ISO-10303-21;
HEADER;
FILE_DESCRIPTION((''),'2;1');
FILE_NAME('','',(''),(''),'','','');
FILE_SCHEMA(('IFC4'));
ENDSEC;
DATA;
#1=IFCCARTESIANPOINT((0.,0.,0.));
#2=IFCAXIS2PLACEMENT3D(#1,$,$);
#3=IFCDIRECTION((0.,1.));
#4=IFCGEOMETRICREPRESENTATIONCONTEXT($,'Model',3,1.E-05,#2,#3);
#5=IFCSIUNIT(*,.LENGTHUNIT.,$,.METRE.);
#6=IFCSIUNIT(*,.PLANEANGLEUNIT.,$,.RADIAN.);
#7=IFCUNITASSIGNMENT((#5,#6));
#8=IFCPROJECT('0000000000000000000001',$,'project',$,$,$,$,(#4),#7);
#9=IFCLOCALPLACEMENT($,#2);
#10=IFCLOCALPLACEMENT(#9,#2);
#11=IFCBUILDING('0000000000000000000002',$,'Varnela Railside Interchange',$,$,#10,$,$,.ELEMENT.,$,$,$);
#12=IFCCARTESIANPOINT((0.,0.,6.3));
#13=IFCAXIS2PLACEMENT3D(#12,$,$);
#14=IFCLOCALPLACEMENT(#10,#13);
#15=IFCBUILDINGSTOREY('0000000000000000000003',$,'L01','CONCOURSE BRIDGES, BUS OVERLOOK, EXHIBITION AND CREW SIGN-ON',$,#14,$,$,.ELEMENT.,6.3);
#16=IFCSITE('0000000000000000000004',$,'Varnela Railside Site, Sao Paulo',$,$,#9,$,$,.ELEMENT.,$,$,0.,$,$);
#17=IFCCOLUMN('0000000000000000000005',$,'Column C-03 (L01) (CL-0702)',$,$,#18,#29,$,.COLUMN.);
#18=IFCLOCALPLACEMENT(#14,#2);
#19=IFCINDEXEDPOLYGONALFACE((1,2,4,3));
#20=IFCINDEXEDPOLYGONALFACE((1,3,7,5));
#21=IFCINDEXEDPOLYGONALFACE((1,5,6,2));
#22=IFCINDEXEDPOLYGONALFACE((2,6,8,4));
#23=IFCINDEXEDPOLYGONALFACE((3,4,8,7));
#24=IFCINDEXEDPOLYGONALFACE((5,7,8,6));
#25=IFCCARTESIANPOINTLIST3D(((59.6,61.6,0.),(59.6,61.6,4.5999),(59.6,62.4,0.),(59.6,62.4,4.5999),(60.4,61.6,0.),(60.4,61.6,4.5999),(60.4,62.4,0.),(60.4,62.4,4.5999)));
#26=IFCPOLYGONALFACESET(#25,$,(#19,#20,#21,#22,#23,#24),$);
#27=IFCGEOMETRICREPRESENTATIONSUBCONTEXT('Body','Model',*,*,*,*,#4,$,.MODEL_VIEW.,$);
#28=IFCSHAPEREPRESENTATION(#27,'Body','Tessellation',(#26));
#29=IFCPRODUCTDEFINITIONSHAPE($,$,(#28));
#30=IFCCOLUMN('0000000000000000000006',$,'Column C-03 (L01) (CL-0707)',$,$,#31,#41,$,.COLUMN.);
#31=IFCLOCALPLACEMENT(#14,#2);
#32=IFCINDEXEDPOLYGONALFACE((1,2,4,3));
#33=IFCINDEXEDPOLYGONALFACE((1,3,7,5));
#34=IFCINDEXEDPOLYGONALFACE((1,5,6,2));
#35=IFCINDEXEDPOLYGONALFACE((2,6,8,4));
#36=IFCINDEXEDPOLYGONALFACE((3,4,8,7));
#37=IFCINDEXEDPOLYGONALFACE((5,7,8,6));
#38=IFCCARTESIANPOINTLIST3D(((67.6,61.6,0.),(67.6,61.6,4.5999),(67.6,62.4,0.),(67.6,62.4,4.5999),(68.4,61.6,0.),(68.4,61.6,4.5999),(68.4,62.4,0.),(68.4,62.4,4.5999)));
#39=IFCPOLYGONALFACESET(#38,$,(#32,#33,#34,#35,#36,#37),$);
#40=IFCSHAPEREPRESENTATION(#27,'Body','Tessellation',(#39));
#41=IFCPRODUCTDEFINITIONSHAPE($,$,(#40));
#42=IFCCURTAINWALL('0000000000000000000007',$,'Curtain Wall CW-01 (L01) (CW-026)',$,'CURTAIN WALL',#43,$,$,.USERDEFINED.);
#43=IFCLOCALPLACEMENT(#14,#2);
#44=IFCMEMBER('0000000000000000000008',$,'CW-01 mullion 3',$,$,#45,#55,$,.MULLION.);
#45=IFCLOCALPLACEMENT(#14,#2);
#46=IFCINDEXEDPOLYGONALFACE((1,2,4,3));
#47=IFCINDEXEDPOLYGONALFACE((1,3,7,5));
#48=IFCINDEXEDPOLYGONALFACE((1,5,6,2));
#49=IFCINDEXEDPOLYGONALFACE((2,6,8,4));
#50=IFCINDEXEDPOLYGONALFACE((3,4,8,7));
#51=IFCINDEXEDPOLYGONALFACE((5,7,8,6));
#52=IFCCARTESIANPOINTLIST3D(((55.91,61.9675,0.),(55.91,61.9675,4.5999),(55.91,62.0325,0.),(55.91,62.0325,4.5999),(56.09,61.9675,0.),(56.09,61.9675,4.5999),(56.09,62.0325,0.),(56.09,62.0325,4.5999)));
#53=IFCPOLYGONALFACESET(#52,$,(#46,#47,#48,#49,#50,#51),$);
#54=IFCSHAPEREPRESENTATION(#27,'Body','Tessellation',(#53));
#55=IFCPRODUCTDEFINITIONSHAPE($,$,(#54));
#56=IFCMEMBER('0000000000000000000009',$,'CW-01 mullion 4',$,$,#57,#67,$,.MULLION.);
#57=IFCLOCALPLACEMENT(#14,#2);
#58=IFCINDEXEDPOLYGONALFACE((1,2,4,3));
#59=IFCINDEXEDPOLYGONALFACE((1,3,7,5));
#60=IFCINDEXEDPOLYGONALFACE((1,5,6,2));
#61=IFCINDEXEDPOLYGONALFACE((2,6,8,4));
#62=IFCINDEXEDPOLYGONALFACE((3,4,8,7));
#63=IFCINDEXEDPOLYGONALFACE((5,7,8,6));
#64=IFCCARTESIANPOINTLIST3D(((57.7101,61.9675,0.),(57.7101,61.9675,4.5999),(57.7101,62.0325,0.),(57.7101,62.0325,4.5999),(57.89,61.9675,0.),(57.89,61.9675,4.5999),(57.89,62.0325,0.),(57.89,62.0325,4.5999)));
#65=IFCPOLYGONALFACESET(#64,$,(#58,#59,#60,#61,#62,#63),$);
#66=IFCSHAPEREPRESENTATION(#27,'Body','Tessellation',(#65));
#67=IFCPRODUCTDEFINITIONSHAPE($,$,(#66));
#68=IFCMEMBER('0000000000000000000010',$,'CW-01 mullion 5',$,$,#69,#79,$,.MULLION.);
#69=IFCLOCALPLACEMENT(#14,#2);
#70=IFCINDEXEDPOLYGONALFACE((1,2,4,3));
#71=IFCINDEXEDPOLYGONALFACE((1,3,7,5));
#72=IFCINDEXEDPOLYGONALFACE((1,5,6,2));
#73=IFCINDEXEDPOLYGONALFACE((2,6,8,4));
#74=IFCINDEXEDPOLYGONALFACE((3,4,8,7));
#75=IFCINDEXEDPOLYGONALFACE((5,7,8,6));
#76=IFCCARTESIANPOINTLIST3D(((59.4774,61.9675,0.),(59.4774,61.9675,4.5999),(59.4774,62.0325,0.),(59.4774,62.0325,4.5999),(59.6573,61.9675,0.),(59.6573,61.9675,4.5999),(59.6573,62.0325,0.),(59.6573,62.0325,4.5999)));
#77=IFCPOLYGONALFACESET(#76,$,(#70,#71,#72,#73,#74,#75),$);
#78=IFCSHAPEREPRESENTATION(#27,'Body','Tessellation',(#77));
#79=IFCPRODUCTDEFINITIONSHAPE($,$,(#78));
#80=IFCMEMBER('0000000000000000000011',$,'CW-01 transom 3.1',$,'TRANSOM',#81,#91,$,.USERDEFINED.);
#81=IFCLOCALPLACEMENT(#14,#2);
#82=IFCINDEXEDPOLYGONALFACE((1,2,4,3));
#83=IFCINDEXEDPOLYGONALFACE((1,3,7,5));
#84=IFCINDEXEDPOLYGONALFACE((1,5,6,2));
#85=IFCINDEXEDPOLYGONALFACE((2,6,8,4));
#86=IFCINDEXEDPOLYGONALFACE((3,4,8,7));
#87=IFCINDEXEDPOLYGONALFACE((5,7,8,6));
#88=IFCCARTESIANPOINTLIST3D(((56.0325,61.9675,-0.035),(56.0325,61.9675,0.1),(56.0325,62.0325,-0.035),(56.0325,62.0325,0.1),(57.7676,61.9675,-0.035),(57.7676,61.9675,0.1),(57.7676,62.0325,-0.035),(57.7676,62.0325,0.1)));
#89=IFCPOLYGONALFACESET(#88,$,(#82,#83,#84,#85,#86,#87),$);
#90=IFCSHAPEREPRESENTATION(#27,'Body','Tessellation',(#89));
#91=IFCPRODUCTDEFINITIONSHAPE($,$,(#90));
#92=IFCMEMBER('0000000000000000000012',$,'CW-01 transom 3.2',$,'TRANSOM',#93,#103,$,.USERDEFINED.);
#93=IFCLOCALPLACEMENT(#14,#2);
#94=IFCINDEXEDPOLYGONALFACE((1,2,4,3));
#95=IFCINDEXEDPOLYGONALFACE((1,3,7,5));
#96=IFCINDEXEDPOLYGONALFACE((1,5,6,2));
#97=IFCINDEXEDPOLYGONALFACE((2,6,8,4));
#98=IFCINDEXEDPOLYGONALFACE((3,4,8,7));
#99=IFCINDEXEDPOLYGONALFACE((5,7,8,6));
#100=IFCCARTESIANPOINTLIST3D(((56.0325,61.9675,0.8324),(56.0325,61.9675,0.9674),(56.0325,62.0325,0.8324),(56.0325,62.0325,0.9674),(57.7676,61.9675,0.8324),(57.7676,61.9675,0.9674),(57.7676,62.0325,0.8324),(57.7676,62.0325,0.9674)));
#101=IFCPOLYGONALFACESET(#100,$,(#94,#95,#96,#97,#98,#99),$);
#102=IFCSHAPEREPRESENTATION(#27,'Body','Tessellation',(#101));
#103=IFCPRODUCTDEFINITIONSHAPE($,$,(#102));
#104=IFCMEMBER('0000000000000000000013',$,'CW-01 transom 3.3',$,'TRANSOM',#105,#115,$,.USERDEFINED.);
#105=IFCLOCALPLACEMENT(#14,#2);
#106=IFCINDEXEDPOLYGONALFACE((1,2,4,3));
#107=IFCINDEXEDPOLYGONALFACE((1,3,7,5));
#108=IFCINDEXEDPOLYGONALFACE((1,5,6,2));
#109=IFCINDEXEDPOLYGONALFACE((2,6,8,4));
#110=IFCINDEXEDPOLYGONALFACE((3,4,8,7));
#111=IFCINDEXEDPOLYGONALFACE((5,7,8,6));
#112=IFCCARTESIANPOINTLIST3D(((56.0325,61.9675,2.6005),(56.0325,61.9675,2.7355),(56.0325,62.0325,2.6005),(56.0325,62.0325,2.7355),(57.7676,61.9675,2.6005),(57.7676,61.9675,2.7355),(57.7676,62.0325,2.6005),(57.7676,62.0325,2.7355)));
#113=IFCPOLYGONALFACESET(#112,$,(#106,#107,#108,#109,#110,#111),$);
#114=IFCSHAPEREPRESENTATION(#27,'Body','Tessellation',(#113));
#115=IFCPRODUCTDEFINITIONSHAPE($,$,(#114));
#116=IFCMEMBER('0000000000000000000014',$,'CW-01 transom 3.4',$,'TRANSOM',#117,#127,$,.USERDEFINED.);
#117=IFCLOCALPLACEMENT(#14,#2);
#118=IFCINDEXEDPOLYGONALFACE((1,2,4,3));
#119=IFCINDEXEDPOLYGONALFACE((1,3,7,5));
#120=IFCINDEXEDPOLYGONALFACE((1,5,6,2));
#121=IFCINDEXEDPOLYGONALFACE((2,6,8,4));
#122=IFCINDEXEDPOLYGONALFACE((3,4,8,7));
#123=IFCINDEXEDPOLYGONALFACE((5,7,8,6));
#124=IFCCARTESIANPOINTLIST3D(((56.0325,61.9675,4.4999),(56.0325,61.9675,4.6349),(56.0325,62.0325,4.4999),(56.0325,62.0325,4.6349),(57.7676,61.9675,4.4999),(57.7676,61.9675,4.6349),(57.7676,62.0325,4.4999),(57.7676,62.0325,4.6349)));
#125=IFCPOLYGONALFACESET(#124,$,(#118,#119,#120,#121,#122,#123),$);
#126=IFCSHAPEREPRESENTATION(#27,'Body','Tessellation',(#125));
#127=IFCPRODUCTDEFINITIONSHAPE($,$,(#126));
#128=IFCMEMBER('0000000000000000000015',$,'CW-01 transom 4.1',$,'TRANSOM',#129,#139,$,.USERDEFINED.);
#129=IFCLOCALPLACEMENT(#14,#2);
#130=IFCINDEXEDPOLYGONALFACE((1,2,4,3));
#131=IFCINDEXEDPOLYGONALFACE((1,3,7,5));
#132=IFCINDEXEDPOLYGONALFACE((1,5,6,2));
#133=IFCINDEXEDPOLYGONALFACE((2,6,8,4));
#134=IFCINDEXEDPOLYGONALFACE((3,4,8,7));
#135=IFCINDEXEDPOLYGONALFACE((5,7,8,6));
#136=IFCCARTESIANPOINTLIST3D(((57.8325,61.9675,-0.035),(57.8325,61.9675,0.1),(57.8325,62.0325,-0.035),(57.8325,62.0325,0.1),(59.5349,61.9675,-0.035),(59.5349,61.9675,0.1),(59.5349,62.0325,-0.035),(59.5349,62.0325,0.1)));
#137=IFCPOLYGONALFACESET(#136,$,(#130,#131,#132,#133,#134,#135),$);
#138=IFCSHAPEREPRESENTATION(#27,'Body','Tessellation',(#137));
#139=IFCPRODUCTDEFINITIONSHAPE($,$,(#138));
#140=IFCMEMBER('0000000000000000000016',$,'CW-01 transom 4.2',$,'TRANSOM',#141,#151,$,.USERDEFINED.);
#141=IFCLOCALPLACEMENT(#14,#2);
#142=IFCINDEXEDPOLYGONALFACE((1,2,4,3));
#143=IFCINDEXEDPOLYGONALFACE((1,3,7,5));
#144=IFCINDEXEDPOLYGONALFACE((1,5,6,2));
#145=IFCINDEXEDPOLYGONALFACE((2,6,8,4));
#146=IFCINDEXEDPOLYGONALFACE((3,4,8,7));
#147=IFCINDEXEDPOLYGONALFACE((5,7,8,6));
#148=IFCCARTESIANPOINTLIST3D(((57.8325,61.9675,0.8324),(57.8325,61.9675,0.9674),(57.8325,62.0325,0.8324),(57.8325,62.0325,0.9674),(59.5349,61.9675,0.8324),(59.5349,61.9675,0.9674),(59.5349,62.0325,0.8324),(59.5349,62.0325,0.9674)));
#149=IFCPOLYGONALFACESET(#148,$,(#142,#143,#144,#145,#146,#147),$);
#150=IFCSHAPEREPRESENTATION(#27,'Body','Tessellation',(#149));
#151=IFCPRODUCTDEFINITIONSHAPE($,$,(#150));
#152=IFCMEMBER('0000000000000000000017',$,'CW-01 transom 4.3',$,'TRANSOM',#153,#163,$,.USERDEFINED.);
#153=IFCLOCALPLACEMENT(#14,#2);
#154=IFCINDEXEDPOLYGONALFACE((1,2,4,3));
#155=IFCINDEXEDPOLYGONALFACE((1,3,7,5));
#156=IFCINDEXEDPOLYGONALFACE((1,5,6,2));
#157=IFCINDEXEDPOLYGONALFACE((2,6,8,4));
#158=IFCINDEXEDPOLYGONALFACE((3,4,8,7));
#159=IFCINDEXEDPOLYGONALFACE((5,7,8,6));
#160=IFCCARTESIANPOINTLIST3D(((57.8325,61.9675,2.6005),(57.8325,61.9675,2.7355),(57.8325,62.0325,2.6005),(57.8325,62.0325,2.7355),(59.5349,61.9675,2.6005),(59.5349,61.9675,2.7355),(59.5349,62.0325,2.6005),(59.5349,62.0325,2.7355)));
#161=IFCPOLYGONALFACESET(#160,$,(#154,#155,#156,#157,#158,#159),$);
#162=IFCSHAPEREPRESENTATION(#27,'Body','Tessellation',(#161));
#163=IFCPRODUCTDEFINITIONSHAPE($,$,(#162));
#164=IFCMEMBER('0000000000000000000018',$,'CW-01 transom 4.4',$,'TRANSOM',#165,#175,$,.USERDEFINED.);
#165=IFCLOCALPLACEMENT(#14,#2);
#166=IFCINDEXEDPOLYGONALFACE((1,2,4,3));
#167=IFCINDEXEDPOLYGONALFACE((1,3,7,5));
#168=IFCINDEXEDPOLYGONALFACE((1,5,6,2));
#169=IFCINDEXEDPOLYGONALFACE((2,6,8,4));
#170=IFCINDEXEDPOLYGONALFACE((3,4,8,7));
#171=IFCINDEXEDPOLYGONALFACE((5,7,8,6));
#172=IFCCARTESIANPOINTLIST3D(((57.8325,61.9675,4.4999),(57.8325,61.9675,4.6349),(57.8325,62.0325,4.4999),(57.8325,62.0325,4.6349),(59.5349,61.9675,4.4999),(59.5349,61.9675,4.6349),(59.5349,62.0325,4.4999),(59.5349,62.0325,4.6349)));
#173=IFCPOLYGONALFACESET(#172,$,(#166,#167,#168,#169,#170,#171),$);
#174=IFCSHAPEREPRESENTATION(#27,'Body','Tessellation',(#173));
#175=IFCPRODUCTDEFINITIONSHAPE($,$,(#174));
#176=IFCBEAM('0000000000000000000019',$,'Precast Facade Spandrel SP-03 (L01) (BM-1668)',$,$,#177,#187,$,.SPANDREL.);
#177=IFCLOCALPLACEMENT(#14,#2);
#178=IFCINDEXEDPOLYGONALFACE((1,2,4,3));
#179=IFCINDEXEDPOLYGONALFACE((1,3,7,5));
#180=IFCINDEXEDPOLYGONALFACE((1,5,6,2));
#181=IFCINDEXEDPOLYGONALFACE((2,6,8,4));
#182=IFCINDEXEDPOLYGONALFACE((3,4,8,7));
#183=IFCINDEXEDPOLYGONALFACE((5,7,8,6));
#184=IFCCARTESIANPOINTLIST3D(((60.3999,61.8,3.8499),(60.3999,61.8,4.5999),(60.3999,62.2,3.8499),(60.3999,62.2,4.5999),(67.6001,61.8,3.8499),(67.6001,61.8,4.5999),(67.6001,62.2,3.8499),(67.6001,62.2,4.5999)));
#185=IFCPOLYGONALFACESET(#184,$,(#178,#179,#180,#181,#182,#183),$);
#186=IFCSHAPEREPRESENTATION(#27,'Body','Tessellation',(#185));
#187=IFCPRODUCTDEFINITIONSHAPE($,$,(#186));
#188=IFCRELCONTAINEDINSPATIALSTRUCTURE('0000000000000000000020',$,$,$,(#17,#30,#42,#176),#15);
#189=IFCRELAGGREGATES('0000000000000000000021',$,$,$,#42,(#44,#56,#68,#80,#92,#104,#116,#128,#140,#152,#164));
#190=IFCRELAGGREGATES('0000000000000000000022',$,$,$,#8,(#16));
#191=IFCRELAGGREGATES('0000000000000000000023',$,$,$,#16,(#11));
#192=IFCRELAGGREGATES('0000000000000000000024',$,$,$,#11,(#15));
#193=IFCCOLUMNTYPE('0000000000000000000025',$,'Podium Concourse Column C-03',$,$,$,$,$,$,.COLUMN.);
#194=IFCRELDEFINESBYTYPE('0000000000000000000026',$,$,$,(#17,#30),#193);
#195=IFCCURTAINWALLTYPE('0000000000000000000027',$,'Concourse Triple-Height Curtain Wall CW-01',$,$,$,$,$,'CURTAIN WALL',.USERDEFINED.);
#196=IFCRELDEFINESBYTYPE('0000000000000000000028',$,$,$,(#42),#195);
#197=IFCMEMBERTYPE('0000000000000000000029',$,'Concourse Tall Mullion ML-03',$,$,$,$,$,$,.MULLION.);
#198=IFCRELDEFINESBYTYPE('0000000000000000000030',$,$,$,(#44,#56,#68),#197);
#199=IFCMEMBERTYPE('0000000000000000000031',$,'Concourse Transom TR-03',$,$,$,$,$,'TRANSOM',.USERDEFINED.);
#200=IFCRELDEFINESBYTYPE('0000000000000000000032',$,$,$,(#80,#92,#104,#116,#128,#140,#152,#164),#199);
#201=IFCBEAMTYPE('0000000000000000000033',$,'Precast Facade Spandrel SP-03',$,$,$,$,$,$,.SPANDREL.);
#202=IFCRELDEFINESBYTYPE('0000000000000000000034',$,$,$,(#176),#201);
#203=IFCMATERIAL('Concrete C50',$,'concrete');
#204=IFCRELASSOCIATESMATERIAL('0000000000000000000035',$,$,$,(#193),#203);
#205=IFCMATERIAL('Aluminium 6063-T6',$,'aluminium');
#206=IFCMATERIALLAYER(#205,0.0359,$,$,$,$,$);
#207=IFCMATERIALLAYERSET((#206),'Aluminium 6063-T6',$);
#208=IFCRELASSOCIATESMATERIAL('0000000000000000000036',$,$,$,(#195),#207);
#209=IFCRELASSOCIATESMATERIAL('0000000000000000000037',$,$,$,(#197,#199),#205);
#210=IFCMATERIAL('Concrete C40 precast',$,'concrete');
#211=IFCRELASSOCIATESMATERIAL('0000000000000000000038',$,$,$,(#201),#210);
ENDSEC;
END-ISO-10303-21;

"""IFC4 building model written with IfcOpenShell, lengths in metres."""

from ifc_helpers import new_model, si_unit, direction, frame, origin, origin_2d, place, context, subcontext, project, spatial, rectangle, extrude, material, layer, layer_set, material_profile, profile_set, type_object, element, aggregate, save


model = new_model("IFC4")

# Units and contexts
model_context = context("Model", 3, precision=1e-05, world=origin(), true_north=direction((0.0, 1.0)))
body_context = subcontext(model_context, "Body", "Model", "MODEL_VIEW")
ifc_project = project(units=[si_unit("LENGTHUNIT", "METRE"), si_unit("PLANEANGLEUNIT", "RADIAN")], contexts=[model_context])

# Site, building, storey
site_placement = place(None, origin())
site = spatial("IfcSite", under=ifc_project, at=site_placement, Name="Varnela Railside Site, Sao Paulo", CompositionType="ELEMENT", RefElevation=0.0)
building_placement = place(site_placement, origin())
building = spatial("IfcBuilding", under=site, at=building_placement, Name="Varnela Railside Interchange", CompositionType="ELEMENT")
storey_placement = place(building_placement, frame((0.0, 0.0, 6.3)))
storey = spatial("IfcBuildingStorey", under=building, at=storey_placement, Name="L01", Description="CONCOURSE BRIDGES, BUS OVERLOOK, EXHIBITION AND CREW SIGN-ON", CompositionType="ELEMENT", Elevation=6.3)

# Columns
ifc_material_1 = material(Name="Concrete C50", Category="concrete")
ifc_material_profile_1 = material_profile(ifc_material_1, rectangle(XDim=0.8, YDim=0.8, at=origin_2d()), Name="RC 800x800")
ifc_profile_set_1 = profile_set([ifc_material_profile_1], Name="Concrete C50")
column_type = type_object("IfcColumnType", Name="Podium Concourse Column C-03", PredefinedType="COLUMN", material=ifc_profile_set_1)
for number, where, z_axis, x_axis, name in (
    (1, (60.0, 62.0, 0.0), (0.0, 0.0, 1.0), (1.0, 0.0, 0.0), "Column C-03 (L01) (CL-0702)"),
    (2, (68.0, 62.0, 0.0), (0.0, 0.0, 1.0), (1.0, 0.0, 0.0), "Column C-03 (L01) (CL-0707)"),
):
    element("IfcColumn", number, at=place(storey_placement, frame(where, z_axis=z_axis, x_axis=x_axis)), inside=storey, type_object=column_type, Name=name, PredefinedType="COLUMN", context=body_context, shape_type="SweptSolid", body=[
        extrude(rectangle(XDim=0.8, YDim=0.8, at=origin_2d()), origin(), (0.0, 0.0, 1.0), 4.5999),
    ])

# Curtain wall, members
ifc_material_2 = material(Name="Aluminium 6063-T6", Category="aluminium")
ifc_layer_1 = layer(ifc_material_2, 0.0359)
ifc_layer_set_1 = layer_set([ifc_layer_1], Name="Aluminium 6063-T6")
curtain_wall_type = type_object("IfcCurtainWallType", Name="Concourse Triple-Height Curtain Wall CW-01", ElementType="CURTAIN WALL", PredefinedType="USERDEFINED", material=ifc_layer_set_1)
curtain_wall_placement = place(storey_placement, origin())
curtain_wall = element("IfcCurtainWall", 3, at=curtain_wall_placement, inside=storey, type_object=curtain_wall_type, Name="Curtain Wall CW-01 (L01) (CW-026)", ObjectType="CURTAIN WALL", PredefinedType="USERDEFINED")
ifc_material_profile_2 = material_profile(ifc_material_2, rectangle(XDim=0.0649, YDim=0.1799, at=origin_2d()), Name="ALU 65x180")
ifc_profile_set_2 = profile_set([ifc_material_profile_2], Name="Aluminium 6063-T6")
member_type_1 = type_object("IfcMemberType", Name="Concourse Tall Mullion ML-03", PredefinedType="MULLION", material=ifc_profile_set_2)
member_1_placement = place(storey_placement, frame((56.0, 62.0, 0.0), z_axis=(0.0, 0.0, 1.0), x_axis=(0.0, 1.0, 0.0)))
member_1 = element("IfcMember", 4, at=member_1_placement, type_object=member_type_1, Name="CW-01 mullion 3", PredefinedType="MULLION", context=body_context, shape_type="SweptSolid", body=[
    extrude(rectangle(XDim=0.0649, YDim=0.1799, at=origin_2d()), origin(), (0.0, 0.0, 1.0), 4.5999),
])
member_2_placement = place(storey_placement, frame((57.8, 62.0, 0.0), z_axis=(0.0, 0.0, 1.0), x_axis=(0.0, 1.0, 0.0)))
member_2 = element("IfcMember", 5, at=member_2_placement, type_object=member_type_1, Name="CW-01 mullion 4", PredefinedType="MULLION", context=body_context, shape_type="SweptSolid", body=[
    extrude(rectangle(XDim=0.0649, YDim=0.1799, at=origin_2d()), origin(), (0.0, 0.0, 1.0), 4.5999),
])
member_3_placement = place(storey_placement, frame((59.5674, 62.0, 0.0), z_axis=(0.0, 0.0, 1.0), x_axis=(0.0, 1.0, 0.0)))
member_3 = element("IfcMember", 6, at=member_3_placement, type_object=member_type_1, Name="CW-01 mullion 5", PredefinedType="MULLION", context=body_context, shape_type="SweptSolid", body=[
    extrude(rectangle(XDim=0.0649, YDim=0.1799, at=origin_2d()), origin(), (0.0, 0.0, 1.0), 4.5999),
])
ifc_material_profile_3 = material_profile(ifc_material_2, rectangle(XDim=0.0649, YDim=0.135, at=origin_2d()), Name="ALU 65x135")
ifc_profile_set_3 = profile_set([ifc_material_profile_3], Name="Aluminium 6063-T6")
member_type_2 = type_object("IfcMemberType", Name="Concourse Transom TR-03", ElementType="TRANSOM", PredefinedType="USERDEFINED", material=ifc_profile_set_3)
member_4_placement = place(storey_placement, frame((56.0325, 62.0, 0.0325), z_axis=(1.0, 0.0, 0.0), x_axis=(0.0, 1.0, 0.0)))
member_4 = element("IfcMember", 7, at=member_4_placement, type_object=member_type_2, Name="CW-01 transom 3.1", ObjectType="TRANSOM", PredefinedType="USERDEFINED", context=body_context, shape_type="SweptSolid", body=[
    extrude(rectangle(XDim=0.0649, YDim=0.135, at=origin_2d()), origin(), (0.0, 0.0, 1.0), 1.7351),
])
member_5_placement = place(storey_placement, frame((56.0325, 62.0, 0.8999), z_axis=(1.0, 0.0, 0.0), x_axis=(0.0, 1.0, 0.0)))
member_5 = element("IfcMember", 8, at=member_5_placement, type_object=member_type_2, Name="CW-01 transom 3.2", ObjectType="TRANSOM", PredefinedType="USERDEFINED", context=body_context, shape_type="SweptSolid", body=[
    extrude(rectangle(XDim=0.0649, YDim=0.135, at=origin_2d()), origin(), (0.0, 0.0, 1.0), 1.7351),
])
member_6_placement = place(storey_placement, frame((56.0325, 62.0, 2.668), z_axis=(1.0, 0.0, 0.0), x_axis=(0.0, 1.0, 0.0)))
member_6 = element("IfcMember", 9, at=member_6_placement, type_object=member_type_2, Name="CW-01 transom 3.3", ObjectType="TRANSOM", PredefinedType="USERDEFINED", context=body_context, shape_type="SweptSolid", body=[
    extrude(rectangle(XDim=0.0649, YDim=0.135, at=origin_2d()), origin(), (0.0, 0.0, 1.0), 1.7351),
])
member_7_placement = place(storey_placement, frame((56.0325, 62.0, 4.5674), z_axis=(1.0, 0.0, 0.0), x_axis=(0.0, 1.0, 0.0)))
member_7 = element("IfcMember", 10, at=member_7_placement, type_object=member_type_2, Name="CW-01 transom 3.4", ObjectType="TRANSOM", PredefinedType="USERDEFINED", context=body_context, shape_type="SweptSolid", body=[
    extrude(rectangle(XDim=0.0649, YDim=0.135, at=origin_2d()), origin(), (0.0, 0.0, 1.0), 1.7351),
])
member_8_placement = place(storey_placement, frame((57.8325, 62.0, 0.0325), z_axis=(1.0, 0.0, 0.0), x_axis=(0.0, 1.0, 0.0)))
member_8 = element("IfcMember", 11, at=member_8_placement, type_object=member_type_2, Name="CW-01 transom 4.1", ObjectType="TRANSOM", PredefinedType="USERDEFINED", context=body_context, shape_type="SweptSolid", body=[
    extrude(rectangle(XDim=0.0649, YDim=0.135, at=origin_2d()), origin(), (0.0, 0.0, 1.0), 1.7024),
])
member_9_placement = place(storey_placement, frame((57.8325, 62.0, 0.8999), z_axis=(1.0, 0.0, 0.0), x_axis=(0.0, 1.0, 0.0)))
member_9 = element("IfcMember", 12, at=member_9_placement, type_object=member_type_2, Name="CW-01 transom 4.2", ObjectType="TRANSOM", PredefinedType="USERDEFINED", context=body_context, shape_type="SweptSolid", body=[
    extrude(rectangle(XDim=0.0649, YDim=0.135, at=origin_2d()), origin(), (0.0, 0.0, 1.0), 1.7024),
])
member_10_placement = place(storey_placement, frame((57.8325, 62.0, 2.668), z_axis=(1.0, 0.0, 0.0), x_axis=(0.0, 1.0, 0.0)))
member_10 = element("IfcMember", 13, at=member_10_placement, type_object=member_type_2, Name="CW-01 transom 4.3", ObjectType="TRANSOM", PredefinedType="USERDEFINED", context=body_context, shape_type="SweptSolid", body=[
    extrude(rectangle(XDim=0.0649, YDim=0.135, at=origin_2d()), origin(), (0.0, 0.0, 1.0), 1.7024),
])
member_11_placement = place(storey_placement, frame((57.8325, 62.0, 4.5674), z_axis=(1.0, 0.0, 0.0), x_axis=(0.0, 1.0, 0.0)))
member_11 = element("IfcMember", 14, at=member_11_placement, type_object=member_type_2, Name="CW-01 transom 4.4", ObjectType="TRANSOM", PredefinedType="USERDEFINED", context=body_context, shape_type="SweptSolid", body=[
    extrude(rectangle(XDim=0.0649, YDim=0.135, at=origin_2d()), origin(), (0.0, 0.0, 1.0), 1.7024),
])

# Beam
ifc_material_3 = material(Name="Concrete C40 precast", Category="concrete")
ifc_material_profile_4 = material_profile(ifc_material_3, rectangle(XDim=0.3999, YDim=0.75, at=origin_2d()), Name="PC 400x750")
ifc_profile_set_4 = profile_set([ifc_material_profile_4], Name="Concrete C40 precast")
beam_type = type_object("IfcBeamType", Name="Precast Facade Spandrel SP-03", PredefinedType="SPANDREL", material=ifc_profile_set_4)
beam_placement = place(storey_placement, frame((60.3999, 62.0, 4.2249), z_axis=(1.0, 0.0, 0.0), x_axis=(0.0, 1.0, 0.0)))
element("IfcBeam", 15, at=beam_placement, inside=storey, type_object=beam_type, Name="Precast Facade Spandrel SP-03 (L01) (BM-1668)", PredefinedType="SPANDREL", context=body_context, shape_type="SweptSolid", body=[
    extrude(rectangle(XDim=0.3999, YDim=0.75, at=origin_2d()), origin(), (0.0, 0.0, 1.0), 7.2002),
])

aggregate(curtain_wall, [member_1, member_2, member_3, member_4, member_5, member_6, member_7, member_8, member_9, member_10, member_11])

save(model, "model.ifc")
